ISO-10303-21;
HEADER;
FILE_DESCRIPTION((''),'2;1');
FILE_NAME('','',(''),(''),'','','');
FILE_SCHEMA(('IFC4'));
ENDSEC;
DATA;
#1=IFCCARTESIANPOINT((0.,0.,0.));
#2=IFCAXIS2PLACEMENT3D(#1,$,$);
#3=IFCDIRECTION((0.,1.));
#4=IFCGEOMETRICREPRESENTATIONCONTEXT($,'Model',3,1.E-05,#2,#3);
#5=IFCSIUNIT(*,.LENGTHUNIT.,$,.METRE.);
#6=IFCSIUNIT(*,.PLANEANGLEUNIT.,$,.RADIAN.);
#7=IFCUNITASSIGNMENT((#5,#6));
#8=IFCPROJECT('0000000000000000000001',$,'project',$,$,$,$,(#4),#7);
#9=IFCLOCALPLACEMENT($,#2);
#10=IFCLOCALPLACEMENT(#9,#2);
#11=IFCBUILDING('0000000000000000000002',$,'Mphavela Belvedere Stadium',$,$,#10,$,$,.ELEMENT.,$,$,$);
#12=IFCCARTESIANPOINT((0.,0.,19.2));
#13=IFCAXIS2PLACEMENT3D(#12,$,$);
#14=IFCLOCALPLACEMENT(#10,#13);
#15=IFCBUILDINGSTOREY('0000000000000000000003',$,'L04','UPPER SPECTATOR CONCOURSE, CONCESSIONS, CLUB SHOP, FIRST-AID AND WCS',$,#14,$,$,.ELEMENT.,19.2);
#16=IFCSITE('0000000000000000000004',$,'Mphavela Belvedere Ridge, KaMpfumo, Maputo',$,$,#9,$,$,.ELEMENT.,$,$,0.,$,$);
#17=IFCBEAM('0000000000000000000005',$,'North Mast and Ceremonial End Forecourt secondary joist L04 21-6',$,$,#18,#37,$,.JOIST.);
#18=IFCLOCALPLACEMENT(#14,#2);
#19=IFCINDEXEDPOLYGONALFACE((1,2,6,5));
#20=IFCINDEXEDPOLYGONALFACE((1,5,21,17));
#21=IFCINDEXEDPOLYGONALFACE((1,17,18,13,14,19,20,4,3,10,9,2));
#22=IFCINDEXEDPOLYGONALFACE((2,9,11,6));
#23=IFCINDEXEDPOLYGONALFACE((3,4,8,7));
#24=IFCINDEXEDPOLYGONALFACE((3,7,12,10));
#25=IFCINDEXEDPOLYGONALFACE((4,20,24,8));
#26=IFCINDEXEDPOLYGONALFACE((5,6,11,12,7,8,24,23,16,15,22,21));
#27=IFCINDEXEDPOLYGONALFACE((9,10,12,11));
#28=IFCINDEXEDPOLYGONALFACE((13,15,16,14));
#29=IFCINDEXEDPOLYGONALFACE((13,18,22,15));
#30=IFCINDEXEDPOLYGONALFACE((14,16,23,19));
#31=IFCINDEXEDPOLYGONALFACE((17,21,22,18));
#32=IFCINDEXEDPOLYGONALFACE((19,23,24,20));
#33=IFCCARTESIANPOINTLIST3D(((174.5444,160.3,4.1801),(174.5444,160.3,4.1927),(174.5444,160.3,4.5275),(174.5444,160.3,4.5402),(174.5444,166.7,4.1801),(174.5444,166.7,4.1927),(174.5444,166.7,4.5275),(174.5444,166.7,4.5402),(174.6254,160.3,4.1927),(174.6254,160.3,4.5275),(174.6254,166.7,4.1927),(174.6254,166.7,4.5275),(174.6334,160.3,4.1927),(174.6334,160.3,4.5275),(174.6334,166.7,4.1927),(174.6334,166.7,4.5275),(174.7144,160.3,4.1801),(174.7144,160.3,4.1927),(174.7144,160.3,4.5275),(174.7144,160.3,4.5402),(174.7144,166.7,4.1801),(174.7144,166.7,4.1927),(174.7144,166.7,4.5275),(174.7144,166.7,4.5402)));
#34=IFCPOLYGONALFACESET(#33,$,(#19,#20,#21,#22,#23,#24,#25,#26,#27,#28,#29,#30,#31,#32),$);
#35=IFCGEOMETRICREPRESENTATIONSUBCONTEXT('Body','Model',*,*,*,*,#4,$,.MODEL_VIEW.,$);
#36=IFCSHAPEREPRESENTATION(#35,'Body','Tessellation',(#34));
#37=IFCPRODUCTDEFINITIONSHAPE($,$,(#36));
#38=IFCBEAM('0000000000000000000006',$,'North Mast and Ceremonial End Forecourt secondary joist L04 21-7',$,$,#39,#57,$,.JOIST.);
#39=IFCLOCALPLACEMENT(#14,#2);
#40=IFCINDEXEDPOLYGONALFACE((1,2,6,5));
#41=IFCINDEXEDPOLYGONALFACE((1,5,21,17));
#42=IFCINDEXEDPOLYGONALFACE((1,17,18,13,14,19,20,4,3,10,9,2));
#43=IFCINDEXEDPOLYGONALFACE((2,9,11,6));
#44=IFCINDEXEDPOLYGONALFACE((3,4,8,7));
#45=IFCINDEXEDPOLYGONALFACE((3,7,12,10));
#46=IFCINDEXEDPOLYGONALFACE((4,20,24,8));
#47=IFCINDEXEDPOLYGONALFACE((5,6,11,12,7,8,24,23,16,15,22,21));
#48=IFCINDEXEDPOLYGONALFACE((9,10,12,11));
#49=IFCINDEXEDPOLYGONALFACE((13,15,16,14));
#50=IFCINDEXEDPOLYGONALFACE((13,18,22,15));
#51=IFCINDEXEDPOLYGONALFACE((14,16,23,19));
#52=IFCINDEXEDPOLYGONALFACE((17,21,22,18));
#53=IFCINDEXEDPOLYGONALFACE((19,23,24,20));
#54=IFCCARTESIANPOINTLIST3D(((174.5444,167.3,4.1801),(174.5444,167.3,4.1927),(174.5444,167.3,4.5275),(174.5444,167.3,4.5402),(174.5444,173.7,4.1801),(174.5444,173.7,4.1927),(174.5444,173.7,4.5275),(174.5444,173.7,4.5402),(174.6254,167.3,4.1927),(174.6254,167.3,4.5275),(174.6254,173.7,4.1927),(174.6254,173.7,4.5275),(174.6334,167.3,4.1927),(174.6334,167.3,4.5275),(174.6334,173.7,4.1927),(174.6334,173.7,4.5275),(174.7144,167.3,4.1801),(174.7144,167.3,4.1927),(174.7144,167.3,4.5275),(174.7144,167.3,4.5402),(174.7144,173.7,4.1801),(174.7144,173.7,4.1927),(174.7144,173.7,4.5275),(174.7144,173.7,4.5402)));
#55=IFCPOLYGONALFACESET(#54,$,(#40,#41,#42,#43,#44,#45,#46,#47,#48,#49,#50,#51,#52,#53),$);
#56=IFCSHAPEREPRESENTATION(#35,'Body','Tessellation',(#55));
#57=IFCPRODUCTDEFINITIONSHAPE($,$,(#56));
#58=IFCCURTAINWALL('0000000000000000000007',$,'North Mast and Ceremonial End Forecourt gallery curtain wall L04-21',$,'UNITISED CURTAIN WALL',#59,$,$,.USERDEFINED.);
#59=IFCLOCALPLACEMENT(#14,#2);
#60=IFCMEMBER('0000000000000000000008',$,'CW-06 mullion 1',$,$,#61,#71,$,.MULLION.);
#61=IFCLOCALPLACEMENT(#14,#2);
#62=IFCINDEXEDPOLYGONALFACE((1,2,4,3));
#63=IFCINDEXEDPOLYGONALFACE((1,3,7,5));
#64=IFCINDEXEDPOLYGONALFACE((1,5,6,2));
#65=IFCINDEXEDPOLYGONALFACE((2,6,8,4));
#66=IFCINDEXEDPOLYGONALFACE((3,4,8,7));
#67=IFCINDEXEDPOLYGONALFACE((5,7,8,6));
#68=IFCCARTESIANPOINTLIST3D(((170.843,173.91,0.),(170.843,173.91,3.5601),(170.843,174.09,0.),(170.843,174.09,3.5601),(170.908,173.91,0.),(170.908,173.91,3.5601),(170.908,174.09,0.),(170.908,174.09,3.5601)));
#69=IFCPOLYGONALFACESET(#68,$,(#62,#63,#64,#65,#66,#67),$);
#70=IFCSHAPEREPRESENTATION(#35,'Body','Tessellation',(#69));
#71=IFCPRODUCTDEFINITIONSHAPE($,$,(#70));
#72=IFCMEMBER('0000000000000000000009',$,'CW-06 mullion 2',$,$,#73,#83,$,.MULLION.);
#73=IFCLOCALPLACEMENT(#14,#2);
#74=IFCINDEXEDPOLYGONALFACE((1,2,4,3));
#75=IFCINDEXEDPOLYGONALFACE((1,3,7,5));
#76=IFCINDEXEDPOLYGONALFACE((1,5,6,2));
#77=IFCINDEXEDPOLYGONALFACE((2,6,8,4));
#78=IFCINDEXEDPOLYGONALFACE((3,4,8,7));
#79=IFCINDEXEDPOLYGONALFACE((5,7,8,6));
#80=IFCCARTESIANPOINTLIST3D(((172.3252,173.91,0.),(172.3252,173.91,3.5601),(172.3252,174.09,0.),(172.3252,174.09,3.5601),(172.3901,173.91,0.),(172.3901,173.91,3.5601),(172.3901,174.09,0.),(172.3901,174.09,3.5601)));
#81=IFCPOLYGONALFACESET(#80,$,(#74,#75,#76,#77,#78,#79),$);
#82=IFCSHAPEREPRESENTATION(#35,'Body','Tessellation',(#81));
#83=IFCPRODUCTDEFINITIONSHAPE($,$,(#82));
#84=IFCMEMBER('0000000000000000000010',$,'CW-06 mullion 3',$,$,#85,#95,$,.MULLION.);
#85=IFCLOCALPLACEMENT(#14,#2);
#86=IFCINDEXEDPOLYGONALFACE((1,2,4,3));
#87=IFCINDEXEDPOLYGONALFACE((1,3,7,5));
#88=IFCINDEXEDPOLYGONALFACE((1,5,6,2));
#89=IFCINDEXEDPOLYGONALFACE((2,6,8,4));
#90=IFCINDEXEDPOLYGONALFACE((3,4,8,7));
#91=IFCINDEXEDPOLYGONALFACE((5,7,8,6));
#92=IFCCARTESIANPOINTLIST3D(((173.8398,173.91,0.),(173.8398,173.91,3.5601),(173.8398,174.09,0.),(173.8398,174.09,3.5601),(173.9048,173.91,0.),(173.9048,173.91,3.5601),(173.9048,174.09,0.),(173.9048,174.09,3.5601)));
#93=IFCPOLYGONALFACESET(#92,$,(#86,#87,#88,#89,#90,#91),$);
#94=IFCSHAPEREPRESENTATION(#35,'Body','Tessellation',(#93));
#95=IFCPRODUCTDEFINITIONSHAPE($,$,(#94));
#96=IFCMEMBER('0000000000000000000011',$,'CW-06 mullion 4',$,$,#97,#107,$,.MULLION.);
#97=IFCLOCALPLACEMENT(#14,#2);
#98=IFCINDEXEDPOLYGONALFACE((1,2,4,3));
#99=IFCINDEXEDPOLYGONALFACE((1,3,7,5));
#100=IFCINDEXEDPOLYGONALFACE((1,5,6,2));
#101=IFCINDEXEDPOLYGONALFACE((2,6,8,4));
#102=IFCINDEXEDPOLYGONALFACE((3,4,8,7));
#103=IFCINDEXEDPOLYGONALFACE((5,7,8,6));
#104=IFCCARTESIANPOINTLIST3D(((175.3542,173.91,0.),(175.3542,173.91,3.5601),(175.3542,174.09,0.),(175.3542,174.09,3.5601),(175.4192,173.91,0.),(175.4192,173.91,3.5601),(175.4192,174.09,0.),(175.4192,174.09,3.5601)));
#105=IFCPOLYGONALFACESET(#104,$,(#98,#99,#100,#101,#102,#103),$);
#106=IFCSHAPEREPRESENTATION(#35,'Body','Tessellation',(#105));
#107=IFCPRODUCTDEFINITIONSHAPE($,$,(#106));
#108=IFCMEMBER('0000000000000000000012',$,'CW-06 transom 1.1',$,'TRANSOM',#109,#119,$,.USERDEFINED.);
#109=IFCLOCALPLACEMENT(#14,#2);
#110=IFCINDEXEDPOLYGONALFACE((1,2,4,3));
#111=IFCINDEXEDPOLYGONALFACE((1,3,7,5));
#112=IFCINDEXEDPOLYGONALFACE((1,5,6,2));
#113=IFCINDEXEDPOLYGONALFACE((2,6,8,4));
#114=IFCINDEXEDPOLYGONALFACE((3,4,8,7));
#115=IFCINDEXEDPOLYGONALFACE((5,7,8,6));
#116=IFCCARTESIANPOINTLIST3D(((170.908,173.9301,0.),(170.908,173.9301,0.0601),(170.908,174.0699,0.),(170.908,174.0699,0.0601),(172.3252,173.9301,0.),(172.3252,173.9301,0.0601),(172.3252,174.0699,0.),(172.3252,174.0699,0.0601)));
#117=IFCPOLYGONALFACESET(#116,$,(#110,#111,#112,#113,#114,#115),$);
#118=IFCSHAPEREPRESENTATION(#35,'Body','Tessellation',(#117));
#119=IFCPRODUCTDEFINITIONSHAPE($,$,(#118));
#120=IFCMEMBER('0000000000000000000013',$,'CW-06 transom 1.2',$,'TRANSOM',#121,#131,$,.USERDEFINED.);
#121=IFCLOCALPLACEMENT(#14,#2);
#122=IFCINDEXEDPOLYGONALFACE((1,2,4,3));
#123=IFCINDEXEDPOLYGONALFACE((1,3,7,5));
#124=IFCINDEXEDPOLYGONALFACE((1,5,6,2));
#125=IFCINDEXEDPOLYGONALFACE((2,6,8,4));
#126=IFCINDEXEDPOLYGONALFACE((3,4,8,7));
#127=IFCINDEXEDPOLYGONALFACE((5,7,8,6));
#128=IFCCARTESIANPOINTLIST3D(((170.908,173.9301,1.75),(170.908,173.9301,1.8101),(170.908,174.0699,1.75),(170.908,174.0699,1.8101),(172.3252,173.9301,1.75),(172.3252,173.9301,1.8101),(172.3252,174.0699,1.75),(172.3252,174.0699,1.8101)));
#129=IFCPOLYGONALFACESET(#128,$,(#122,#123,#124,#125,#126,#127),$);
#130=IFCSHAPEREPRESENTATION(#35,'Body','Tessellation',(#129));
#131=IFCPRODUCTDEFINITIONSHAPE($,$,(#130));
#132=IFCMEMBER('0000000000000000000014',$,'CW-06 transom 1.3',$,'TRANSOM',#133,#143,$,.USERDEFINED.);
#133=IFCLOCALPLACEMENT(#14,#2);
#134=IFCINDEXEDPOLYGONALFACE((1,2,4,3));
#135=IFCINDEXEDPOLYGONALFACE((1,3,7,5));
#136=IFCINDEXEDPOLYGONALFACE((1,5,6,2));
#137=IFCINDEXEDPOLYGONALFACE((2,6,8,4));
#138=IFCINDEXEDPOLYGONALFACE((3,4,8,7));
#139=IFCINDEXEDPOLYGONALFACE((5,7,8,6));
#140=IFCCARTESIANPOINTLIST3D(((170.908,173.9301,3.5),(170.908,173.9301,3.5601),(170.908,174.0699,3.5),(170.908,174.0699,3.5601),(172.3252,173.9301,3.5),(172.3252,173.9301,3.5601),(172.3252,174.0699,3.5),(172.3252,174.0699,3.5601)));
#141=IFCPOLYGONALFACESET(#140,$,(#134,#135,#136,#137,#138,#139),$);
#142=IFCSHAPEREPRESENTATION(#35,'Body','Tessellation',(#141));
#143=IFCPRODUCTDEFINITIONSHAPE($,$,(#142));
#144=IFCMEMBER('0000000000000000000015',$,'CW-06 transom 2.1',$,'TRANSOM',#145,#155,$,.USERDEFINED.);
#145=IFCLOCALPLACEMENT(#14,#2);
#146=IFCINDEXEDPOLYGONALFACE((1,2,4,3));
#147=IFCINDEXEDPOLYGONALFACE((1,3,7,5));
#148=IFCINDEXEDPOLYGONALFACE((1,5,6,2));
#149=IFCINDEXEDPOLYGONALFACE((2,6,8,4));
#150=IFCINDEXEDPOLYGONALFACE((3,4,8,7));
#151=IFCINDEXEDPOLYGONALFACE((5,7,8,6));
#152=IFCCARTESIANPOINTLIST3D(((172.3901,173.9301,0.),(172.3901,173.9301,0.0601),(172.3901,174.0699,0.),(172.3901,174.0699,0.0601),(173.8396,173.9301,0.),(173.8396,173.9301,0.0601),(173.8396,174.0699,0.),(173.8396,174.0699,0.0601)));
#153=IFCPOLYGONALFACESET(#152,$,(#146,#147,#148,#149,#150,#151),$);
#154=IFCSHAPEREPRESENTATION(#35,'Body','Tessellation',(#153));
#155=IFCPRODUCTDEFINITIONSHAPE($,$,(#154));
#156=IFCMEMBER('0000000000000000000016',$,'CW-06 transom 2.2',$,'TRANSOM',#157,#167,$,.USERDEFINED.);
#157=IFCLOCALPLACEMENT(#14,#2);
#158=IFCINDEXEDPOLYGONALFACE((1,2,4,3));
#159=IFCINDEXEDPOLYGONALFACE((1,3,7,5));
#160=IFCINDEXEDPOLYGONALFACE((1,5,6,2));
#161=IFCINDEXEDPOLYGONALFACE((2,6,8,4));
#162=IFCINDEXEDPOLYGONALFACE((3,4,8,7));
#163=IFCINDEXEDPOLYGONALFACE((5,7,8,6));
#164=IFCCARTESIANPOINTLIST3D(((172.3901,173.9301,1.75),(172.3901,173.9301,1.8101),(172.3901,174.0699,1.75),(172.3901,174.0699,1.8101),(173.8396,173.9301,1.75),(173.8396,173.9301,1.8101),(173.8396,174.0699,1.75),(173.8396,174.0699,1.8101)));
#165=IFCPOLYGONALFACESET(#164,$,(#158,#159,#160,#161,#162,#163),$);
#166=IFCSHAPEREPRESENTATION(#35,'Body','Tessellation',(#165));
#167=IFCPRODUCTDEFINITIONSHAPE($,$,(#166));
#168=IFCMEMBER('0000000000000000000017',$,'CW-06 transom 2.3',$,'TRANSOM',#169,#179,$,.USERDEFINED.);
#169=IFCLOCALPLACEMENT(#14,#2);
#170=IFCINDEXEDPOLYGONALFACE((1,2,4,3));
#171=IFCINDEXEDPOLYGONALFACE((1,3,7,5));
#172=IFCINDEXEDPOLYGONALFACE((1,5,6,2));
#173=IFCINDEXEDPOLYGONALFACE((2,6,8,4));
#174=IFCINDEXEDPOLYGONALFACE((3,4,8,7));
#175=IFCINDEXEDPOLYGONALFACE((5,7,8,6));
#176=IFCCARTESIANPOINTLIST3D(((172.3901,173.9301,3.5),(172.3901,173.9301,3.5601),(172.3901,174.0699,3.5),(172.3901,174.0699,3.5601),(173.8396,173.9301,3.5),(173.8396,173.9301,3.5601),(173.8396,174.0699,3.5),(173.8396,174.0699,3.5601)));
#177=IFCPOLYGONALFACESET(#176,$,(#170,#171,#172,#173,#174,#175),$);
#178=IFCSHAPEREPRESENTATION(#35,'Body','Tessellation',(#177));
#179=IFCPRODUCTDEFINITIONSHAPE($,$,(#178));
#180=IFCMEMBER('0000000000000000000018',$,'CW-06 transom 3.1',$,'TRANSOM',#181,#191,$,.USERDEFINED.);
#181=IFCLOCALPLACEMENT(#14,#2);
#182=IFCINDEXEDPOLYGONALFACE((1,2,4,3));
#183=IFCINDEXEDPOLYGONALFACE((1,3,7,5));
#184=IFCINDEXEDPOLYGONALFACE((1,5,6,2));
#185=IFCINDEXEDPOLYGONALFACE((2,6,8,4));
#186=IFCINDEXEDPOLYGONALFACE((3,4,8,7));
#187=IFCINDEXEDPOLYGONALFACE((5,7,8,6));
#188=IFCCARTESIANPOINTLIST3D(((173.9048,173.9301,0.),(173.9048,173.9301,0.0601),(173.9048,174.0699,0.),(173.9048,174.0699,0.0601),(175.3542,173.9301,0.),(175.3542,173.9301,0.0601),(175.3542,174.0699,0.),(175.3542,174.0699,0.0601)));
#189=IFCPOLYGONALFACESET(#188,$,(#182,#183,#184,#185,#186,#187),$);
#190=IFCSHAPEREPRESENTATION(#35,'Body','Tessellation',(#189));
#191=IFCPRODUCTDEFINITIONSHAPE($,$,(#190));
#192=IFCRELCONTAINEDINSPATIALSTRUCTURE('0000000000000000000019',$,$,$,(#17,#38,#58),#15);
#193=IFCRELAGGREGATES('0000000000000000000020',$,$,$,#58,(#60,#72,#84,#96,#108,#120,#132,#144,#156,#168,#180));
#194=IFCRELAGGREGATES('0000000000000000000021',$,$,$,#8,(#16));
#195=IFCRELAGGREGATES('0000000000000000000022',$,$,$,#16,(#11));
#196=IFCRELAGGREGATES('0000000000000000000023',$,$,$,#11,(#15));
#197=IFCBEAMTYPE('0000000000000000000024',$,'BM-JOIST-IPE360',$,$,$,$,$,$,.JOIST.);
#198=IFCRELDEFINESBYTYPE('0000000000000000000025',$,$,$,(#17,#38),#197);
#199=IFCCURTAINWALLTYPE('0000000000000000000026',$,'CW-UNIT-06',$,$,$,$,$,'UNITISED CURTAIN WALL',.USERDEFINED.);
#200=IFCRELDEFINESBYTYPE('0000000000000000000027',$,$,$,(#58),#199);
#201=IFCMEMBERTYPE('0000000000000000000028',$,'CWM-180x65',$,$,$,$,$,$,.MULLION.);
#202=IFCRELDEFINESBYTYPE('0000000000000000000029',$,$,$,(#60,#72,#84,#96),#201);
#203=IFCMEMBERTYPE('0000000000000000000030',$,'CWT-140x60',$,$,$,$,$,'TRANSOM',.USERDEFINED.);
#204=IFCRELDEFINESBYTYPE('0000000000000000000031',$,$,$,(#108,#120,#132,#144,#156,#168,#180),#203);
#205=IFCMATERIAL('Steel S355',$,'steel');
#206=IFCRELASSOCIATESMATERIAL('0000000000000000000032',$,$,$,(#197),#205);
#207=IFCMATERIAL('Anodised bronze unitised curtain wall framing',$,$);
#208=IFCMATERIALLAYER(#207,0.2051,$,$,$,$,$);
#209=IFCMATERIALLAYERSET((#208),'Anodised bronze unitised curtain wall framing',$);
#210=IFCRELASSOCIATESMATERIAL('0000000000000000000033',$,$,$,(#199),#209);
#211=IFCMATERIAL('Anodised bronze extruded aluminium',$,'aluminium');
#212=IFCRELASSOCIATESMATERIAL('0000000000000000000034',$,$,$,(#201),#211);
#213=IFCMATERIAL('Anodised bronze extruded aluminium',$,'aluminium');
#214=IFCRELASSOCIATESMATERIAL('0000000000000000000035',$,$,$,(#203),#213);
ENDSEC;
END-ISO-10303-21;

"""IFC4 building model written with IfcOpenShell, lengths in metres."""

from ifc_helpers import new_model, si_unit, direction, frame, origin, origin_2d, place, context, subcontext, project, spatial, rectangle, i_section, extrude, material, layer, layer_set, material_profile, profile_set, type_object, element, aggregate, save


model = new_model("IFC4")

# Units and contexts
model_context = context("Model", 3, precision=1e-05, world=origin(), true_north=direction((0.0, 1.0)))
body_context = subcontext(model_context, "Body", "Model", "MODEL_VIEW")
ifc_project = project(units=[si_unit("LENGTHUNIT", "METRE"), si_unit("PLANEANGLEUNIT", "RADIAN")], contexts=[model_context])

# Site, building, storey
site_placement = place(None, origin())
site = spatial("IfcSite", under=ifc_project, at=site_placement, Name="Mphavela Belvedere Ridge, KaMpfumo, Maputo", CompositionType="ELEMENT", RefElevation=0.0)
building_placement = place(site_placement, origin())
building = spatial("IfcBuilding", under=site, at=building_placement, Name="Mphavela Belvedere Stadium", CompositionType="ELEMENT")
storey_placement = place(building_placement, frame((0.0, 0.0, 19.2)))
storey = spatial("IfcBuildingStorey", under=building, at=storey_placement, Name="L04", Description="UPPER SPECTATOR CONCOURSE, CONCESSIONS, CLUB SHOP, FIRST-AID AND WCS", CompositionType="ELEMENT", Elevation=19.2)

# Beams
ifc_material_1 = material(Name="Steel S355", Category="steel")
ifc_material_profile_1 = material_profile(ifc_material_1, i_section(OverallWidth=0.1699, OverallDepth=0.3601, WebThickness=0.0081, FlangeThickness=0.0127, at=origin_2d()), Name="IPE 360")
ifc_profile_set_1 = profile_set([ifc_material_profile_1], Name="Steel S355")
beam_type_1 = type_object("IfcBeamType", Name="BM-JOIST-IPE360", PredefinedType="JOIST", material=ifc_profile_set_1)
for number, where, z_axis, x_axis, name in (
    (1, (174.6294, 160.3, 4.3601), (0.0, 1.0, 0.0), (-1.0, 0.0, 0.0), "North Mast and Ceremonial End Forecourt secondary joist L04 21-6"),
    (2, (174.6294, 167.3, 4.3601), (0.0, 1.0, 0.0), (-1.0, 0.0, 0.0), "North Mast and Ceremonial End Forecourt secondary joist L04 21-7"),
):
    element("IfcBeam", number, at=place(storey_placement, frame(where, z_axis=z_axis, x_axis=x_axis)), inside=storey, type_object=beam_type_1, Name=name, PredefinedType="JOIST", context=body_context, shape_type="SweptSolid", body=[
        extrude(i_section(OverallWidth=0.1699, OverallDepth=0.3601, WebThickness=0.0081, FlangeThickness=0.0127, at=origin_2d()), origin(), (0.0, 0.0, 1.0), 6.3999),
    ])

# Curtain wall, members
ifc_material_2 = material(Name="Anodised bronze unitised curtain wall framing")
ifc_layer_1 = layer(ifc_material_2, 0.2051)
ifc_layer_set_1 = layer_set([ifc_layer_1], Name="Anodised bronze unitised curtain wall framing")
curtain_wall_type = type_object("IfcCurtainWallType", Name="CW-UNIT-06", ElementType="UNITISED CURTAIN WALL", PredefinedType="USERDEFINED", material=ifc_layer_set_1)
curtain_wall_placement = place(storey_placement, origin())
curtain_wall = element("IfcCurtainWall", 3, at=curtain_wall_placement, inside=storey, type_object=curtain_wall_type, Name="North Mast and Ceremonial End Forecourt gallery curtain wall L04-21", ObjectType="UNITISED CURTAIN WALL", PredefinedType="USERDEFINED")
ifc_material_3 = material(Name="Anodised bronze extruded aluminium", Category="aluminium")
ifc_material_profile_2 = material_profile(ifc_material_3, rectangle(XDim=0.1799, YDim=0.0649, at=origin_2d()), Name="CW-MUL 180x65")
ifc_profile_set_2 = profile_set([ifc_material_profile_2], Name="Anodised bronze extruded aluminium")
member_type_1 = type_object("IfcMemberType", Name="CWM-180x65", PredefinedType="MULLION", material=ifc_profile_set_2)
member_1_placement = place(storey_placement, frame((170.8755, 174.0, 0.0), z_axis=(0.0, 0.0, 1.0), x_axis=(0.0, 1.0, 0.0)))
member_1 = element("IfcMember", 4, at=member_1_placement, type_object=member_type_1, Name="CW-06 mullion 1", PredefinedType="MULLION", context=body_context, shape_type="SweptSolid", body=[
    extrude(rectangle(XDim=0.1799, YDim=0.0649, at=origin_2d()), origin(), (0.0, 0.0, 1.0), 3.5601),
])
member_2_placement = place(storey_placement, frame((172.3577, 174.0, 0.0), z_axis=(0.0, 0.0, 1.0), x_axis=(0.0, 1.0, 0.0)))
member_2 = element("IfcMember", 5, at=member_2_placement, type_object=member_type_1, Name="CW-06 mullion 2", PredefinedType="MULLION", context=body_context, shape_type="SweptSolid", body=[
    extrude(rectangle(XDim=0.1799, YDim=0.0649, at=origin_2d()), origin(), (0.0, 0.0, 1.0), 3.5601),
])
member_3_placement = place(storey_placement, frame((173.8723, 174.0, 0.0), z_axis=(0.0, 0.0, 1.0), x_axis=(0.0, 1.0, 0.0)))
member_3 = element("IfcMember", 6, at=member_3_placement, type_object=member_type_1, Name="CW-06 mullion 3", PredefinedType="MULLION", context=body_context, shape_type="SweptSolid", body=[
    extrude(rectangle(XDim=0.1799, YDim=0.0649, at=origin_2d()), origin(), (0.0, 0.0, 1.0), 3.5601),
])
member_4_placement = place(storey_placement, frame((175.3867, 174.0, 0.0), z_axis=(0.0, 0.0, 1.0), x_axis=(0.0, 1.0, 0.0)))
member_4 = element("IfcMember", 7, at=member_4_placement, type_object=member_type_1, Name="CW-06 mullion 4", PredefinedType="MULLION", context=body_context, shape_type="SweptSolid", body=[
    extrude(rectangle(XDim=0.1799, YDim=0.0649, at=origin_2d()), origin(), (0.0, 0.0, 1.0), 3.5601),
])
ifc_material_4 = material(Name="Anodised bronze extruded aluminium", Category="aluminium")
ifc_material_profile_3 = material_profile(ifc_material_4, rectangle(XDim=0.1399, YDim=0.0601, at=origin_2d()), Name="CW-TRN 140x60")
ifc_profile_set_3 = profile_set([ifc_material_profile_3], Name="Anodised bronze extruded aluminium")
member_type_2 = type_object("IfcMemberType", Name="CWT-140x60", ElementType="TRANSOM", PredefinedType="USERDEFINED", material=ifc_profile_set_3)
member_5_placement = place(storey_placement, frame((170.908, 174.0, 0.03), z_axis=(1.0, 0.0, 0.0), x_axis=(0.0, 1.0, 0.0)))
member_5 = element("IfcMember", 8, at=member_5_placement, type_object=member_type_2, Name="CW-06 transom 1.1", ObjectType="TRANSOM", PredefinedType="USERDEFINED", context=body_context, shape_type="SweptSolid", body=[
    extrude(rectangle(XDim=0.1399, YDim=0.0601, at=origin_2d()), origin(), (0.0, 0.0, 1.0), 1.4172),
])
member_6_placement = place(storey_placement, frame((170.908, 174.0, 1.78), z_axis=(1.0, 0.0, 0.0), x_axis=(0.0, 1.0, 0.0)))
member_6 = element("IfcMember", 9, at=member_6_placement, type_object=member_type_2, Name="CW-06 transom 1.2", ObjectType="TRANSOM", PredefinedType="USERDEFINED", context=body_context, shape_type="SweptSolid", body=[
    extrude(rectangle(XDim=0.1399, YDim=0.0601, at=origin_2d()), origin(), (0.0, 0.0, 1.0), 1.4172),
])
member_7_placement = place(storey_placement, frame((170.908, 174.0, 3.53), z_axis=(1.0, 0.0, 0.0), x_axis=(0.0, 1.0, 0.0)))
member_7 = element("IfcMember", 10, at=member_7_placement, type_object=member_type_2, Name="CW-06 transom 1.3", ObjectType="TRANSOM", PredefinedType="USERDEFINED", context=body_context, shape_type="SweptSolid", body=[
    extrude(rectangle(XDim=0.1399, YDim=0.0601, at=origin_2d()), origin(), (0.0, 0.0, 1.0), 1.4172),
])
member_8_placement = place(storey_placement, frame((172.3901, 174.0, 0.03), z_axis=(1.0, 0.0, 0.0), x_axis=(0.0, 1.0, 0.0)))
member_8 = element("IfcMember", 11, at=member_8_placement, type_object=member_type_2, Name="CW-06 transom 2.1", ObjectType="TRANSOM", PredefinedType="USERDEFINED", context=body_context, shape_type="SweptSolid", body=[
    extrude(rectangle(XDim=0.1399, YDim=0.0601, at=origin_2d()), origin(), (0.0, 0.0, 1.0), 1.4495),
])
member_9_placement = place(storey_placement, frame((172.3901, 174.0, 1.78), z_axis=(1.0, 0.0, 0.0), x_axis=(0.0, 1.0, 0.0)))
member_9 = element("IfcMember", 12, at=member_9_placement, type_object=member_type_2, Name="CW-06 transom 2.2", ObjectType="TRANSOM", PredefinedType="USERDEFINED", context=body_context, shape_type="SweptSolid", body=[
    extrude(rectangle(XDim=0.1399, YDim=0.0601, at=origin_2d()), origin(), (0.0, 0.0, 1.0), 1.4495),
])
member_10_placement = place(storey_placement, frame((172.3901, 174.0, 3.53), z_axis=(1.0, 0.0, 0.0), x_axis=(0.0, 1.0, 0.0)))
member_10 = element("IfcMember", 13, at=member_10_placement, type_object=member_type_2, Name="CW-06 transom 2.3", ObjectType="TRANSOM", PredefinedType="USERDEFINED", context=body_context, shape_type="SweptSolid", body=[
    extrude(rectangle(XDim=0.1399, YDim=0.0601, at=origin_2d()), origin(), (0.0, 0.0, 1.0), 1.4495),
])
member_11_placement = place(storey_placement, frame((173.9048, 174.0, 0.03), z_axis=(1.0, 0.0, 0.0), x_axis=(0.0, 1.0, 0.0)))
member_11 = element("IfcMember", 14, at=member_11_placement, type_object=member_type_2, Name="CW-06 transom 3.1", ObjectType="TRANSOM", PredefinedType="USERDEFINED", context=body_context, shape_type="SweptSolid", body=[
    extrude(rectangle(XDim=0.1399, YDim=0.0601, at=origin_2d()), origin(), (0.0, 0.0, 1.0), 1.4495),
])
aggregate(curtain_wall, [member_1, member_2, member_3, member_4, member_5, member_6, member_7, member_8, member_9, member_10, member_11])

save(model, "model.ifc")
